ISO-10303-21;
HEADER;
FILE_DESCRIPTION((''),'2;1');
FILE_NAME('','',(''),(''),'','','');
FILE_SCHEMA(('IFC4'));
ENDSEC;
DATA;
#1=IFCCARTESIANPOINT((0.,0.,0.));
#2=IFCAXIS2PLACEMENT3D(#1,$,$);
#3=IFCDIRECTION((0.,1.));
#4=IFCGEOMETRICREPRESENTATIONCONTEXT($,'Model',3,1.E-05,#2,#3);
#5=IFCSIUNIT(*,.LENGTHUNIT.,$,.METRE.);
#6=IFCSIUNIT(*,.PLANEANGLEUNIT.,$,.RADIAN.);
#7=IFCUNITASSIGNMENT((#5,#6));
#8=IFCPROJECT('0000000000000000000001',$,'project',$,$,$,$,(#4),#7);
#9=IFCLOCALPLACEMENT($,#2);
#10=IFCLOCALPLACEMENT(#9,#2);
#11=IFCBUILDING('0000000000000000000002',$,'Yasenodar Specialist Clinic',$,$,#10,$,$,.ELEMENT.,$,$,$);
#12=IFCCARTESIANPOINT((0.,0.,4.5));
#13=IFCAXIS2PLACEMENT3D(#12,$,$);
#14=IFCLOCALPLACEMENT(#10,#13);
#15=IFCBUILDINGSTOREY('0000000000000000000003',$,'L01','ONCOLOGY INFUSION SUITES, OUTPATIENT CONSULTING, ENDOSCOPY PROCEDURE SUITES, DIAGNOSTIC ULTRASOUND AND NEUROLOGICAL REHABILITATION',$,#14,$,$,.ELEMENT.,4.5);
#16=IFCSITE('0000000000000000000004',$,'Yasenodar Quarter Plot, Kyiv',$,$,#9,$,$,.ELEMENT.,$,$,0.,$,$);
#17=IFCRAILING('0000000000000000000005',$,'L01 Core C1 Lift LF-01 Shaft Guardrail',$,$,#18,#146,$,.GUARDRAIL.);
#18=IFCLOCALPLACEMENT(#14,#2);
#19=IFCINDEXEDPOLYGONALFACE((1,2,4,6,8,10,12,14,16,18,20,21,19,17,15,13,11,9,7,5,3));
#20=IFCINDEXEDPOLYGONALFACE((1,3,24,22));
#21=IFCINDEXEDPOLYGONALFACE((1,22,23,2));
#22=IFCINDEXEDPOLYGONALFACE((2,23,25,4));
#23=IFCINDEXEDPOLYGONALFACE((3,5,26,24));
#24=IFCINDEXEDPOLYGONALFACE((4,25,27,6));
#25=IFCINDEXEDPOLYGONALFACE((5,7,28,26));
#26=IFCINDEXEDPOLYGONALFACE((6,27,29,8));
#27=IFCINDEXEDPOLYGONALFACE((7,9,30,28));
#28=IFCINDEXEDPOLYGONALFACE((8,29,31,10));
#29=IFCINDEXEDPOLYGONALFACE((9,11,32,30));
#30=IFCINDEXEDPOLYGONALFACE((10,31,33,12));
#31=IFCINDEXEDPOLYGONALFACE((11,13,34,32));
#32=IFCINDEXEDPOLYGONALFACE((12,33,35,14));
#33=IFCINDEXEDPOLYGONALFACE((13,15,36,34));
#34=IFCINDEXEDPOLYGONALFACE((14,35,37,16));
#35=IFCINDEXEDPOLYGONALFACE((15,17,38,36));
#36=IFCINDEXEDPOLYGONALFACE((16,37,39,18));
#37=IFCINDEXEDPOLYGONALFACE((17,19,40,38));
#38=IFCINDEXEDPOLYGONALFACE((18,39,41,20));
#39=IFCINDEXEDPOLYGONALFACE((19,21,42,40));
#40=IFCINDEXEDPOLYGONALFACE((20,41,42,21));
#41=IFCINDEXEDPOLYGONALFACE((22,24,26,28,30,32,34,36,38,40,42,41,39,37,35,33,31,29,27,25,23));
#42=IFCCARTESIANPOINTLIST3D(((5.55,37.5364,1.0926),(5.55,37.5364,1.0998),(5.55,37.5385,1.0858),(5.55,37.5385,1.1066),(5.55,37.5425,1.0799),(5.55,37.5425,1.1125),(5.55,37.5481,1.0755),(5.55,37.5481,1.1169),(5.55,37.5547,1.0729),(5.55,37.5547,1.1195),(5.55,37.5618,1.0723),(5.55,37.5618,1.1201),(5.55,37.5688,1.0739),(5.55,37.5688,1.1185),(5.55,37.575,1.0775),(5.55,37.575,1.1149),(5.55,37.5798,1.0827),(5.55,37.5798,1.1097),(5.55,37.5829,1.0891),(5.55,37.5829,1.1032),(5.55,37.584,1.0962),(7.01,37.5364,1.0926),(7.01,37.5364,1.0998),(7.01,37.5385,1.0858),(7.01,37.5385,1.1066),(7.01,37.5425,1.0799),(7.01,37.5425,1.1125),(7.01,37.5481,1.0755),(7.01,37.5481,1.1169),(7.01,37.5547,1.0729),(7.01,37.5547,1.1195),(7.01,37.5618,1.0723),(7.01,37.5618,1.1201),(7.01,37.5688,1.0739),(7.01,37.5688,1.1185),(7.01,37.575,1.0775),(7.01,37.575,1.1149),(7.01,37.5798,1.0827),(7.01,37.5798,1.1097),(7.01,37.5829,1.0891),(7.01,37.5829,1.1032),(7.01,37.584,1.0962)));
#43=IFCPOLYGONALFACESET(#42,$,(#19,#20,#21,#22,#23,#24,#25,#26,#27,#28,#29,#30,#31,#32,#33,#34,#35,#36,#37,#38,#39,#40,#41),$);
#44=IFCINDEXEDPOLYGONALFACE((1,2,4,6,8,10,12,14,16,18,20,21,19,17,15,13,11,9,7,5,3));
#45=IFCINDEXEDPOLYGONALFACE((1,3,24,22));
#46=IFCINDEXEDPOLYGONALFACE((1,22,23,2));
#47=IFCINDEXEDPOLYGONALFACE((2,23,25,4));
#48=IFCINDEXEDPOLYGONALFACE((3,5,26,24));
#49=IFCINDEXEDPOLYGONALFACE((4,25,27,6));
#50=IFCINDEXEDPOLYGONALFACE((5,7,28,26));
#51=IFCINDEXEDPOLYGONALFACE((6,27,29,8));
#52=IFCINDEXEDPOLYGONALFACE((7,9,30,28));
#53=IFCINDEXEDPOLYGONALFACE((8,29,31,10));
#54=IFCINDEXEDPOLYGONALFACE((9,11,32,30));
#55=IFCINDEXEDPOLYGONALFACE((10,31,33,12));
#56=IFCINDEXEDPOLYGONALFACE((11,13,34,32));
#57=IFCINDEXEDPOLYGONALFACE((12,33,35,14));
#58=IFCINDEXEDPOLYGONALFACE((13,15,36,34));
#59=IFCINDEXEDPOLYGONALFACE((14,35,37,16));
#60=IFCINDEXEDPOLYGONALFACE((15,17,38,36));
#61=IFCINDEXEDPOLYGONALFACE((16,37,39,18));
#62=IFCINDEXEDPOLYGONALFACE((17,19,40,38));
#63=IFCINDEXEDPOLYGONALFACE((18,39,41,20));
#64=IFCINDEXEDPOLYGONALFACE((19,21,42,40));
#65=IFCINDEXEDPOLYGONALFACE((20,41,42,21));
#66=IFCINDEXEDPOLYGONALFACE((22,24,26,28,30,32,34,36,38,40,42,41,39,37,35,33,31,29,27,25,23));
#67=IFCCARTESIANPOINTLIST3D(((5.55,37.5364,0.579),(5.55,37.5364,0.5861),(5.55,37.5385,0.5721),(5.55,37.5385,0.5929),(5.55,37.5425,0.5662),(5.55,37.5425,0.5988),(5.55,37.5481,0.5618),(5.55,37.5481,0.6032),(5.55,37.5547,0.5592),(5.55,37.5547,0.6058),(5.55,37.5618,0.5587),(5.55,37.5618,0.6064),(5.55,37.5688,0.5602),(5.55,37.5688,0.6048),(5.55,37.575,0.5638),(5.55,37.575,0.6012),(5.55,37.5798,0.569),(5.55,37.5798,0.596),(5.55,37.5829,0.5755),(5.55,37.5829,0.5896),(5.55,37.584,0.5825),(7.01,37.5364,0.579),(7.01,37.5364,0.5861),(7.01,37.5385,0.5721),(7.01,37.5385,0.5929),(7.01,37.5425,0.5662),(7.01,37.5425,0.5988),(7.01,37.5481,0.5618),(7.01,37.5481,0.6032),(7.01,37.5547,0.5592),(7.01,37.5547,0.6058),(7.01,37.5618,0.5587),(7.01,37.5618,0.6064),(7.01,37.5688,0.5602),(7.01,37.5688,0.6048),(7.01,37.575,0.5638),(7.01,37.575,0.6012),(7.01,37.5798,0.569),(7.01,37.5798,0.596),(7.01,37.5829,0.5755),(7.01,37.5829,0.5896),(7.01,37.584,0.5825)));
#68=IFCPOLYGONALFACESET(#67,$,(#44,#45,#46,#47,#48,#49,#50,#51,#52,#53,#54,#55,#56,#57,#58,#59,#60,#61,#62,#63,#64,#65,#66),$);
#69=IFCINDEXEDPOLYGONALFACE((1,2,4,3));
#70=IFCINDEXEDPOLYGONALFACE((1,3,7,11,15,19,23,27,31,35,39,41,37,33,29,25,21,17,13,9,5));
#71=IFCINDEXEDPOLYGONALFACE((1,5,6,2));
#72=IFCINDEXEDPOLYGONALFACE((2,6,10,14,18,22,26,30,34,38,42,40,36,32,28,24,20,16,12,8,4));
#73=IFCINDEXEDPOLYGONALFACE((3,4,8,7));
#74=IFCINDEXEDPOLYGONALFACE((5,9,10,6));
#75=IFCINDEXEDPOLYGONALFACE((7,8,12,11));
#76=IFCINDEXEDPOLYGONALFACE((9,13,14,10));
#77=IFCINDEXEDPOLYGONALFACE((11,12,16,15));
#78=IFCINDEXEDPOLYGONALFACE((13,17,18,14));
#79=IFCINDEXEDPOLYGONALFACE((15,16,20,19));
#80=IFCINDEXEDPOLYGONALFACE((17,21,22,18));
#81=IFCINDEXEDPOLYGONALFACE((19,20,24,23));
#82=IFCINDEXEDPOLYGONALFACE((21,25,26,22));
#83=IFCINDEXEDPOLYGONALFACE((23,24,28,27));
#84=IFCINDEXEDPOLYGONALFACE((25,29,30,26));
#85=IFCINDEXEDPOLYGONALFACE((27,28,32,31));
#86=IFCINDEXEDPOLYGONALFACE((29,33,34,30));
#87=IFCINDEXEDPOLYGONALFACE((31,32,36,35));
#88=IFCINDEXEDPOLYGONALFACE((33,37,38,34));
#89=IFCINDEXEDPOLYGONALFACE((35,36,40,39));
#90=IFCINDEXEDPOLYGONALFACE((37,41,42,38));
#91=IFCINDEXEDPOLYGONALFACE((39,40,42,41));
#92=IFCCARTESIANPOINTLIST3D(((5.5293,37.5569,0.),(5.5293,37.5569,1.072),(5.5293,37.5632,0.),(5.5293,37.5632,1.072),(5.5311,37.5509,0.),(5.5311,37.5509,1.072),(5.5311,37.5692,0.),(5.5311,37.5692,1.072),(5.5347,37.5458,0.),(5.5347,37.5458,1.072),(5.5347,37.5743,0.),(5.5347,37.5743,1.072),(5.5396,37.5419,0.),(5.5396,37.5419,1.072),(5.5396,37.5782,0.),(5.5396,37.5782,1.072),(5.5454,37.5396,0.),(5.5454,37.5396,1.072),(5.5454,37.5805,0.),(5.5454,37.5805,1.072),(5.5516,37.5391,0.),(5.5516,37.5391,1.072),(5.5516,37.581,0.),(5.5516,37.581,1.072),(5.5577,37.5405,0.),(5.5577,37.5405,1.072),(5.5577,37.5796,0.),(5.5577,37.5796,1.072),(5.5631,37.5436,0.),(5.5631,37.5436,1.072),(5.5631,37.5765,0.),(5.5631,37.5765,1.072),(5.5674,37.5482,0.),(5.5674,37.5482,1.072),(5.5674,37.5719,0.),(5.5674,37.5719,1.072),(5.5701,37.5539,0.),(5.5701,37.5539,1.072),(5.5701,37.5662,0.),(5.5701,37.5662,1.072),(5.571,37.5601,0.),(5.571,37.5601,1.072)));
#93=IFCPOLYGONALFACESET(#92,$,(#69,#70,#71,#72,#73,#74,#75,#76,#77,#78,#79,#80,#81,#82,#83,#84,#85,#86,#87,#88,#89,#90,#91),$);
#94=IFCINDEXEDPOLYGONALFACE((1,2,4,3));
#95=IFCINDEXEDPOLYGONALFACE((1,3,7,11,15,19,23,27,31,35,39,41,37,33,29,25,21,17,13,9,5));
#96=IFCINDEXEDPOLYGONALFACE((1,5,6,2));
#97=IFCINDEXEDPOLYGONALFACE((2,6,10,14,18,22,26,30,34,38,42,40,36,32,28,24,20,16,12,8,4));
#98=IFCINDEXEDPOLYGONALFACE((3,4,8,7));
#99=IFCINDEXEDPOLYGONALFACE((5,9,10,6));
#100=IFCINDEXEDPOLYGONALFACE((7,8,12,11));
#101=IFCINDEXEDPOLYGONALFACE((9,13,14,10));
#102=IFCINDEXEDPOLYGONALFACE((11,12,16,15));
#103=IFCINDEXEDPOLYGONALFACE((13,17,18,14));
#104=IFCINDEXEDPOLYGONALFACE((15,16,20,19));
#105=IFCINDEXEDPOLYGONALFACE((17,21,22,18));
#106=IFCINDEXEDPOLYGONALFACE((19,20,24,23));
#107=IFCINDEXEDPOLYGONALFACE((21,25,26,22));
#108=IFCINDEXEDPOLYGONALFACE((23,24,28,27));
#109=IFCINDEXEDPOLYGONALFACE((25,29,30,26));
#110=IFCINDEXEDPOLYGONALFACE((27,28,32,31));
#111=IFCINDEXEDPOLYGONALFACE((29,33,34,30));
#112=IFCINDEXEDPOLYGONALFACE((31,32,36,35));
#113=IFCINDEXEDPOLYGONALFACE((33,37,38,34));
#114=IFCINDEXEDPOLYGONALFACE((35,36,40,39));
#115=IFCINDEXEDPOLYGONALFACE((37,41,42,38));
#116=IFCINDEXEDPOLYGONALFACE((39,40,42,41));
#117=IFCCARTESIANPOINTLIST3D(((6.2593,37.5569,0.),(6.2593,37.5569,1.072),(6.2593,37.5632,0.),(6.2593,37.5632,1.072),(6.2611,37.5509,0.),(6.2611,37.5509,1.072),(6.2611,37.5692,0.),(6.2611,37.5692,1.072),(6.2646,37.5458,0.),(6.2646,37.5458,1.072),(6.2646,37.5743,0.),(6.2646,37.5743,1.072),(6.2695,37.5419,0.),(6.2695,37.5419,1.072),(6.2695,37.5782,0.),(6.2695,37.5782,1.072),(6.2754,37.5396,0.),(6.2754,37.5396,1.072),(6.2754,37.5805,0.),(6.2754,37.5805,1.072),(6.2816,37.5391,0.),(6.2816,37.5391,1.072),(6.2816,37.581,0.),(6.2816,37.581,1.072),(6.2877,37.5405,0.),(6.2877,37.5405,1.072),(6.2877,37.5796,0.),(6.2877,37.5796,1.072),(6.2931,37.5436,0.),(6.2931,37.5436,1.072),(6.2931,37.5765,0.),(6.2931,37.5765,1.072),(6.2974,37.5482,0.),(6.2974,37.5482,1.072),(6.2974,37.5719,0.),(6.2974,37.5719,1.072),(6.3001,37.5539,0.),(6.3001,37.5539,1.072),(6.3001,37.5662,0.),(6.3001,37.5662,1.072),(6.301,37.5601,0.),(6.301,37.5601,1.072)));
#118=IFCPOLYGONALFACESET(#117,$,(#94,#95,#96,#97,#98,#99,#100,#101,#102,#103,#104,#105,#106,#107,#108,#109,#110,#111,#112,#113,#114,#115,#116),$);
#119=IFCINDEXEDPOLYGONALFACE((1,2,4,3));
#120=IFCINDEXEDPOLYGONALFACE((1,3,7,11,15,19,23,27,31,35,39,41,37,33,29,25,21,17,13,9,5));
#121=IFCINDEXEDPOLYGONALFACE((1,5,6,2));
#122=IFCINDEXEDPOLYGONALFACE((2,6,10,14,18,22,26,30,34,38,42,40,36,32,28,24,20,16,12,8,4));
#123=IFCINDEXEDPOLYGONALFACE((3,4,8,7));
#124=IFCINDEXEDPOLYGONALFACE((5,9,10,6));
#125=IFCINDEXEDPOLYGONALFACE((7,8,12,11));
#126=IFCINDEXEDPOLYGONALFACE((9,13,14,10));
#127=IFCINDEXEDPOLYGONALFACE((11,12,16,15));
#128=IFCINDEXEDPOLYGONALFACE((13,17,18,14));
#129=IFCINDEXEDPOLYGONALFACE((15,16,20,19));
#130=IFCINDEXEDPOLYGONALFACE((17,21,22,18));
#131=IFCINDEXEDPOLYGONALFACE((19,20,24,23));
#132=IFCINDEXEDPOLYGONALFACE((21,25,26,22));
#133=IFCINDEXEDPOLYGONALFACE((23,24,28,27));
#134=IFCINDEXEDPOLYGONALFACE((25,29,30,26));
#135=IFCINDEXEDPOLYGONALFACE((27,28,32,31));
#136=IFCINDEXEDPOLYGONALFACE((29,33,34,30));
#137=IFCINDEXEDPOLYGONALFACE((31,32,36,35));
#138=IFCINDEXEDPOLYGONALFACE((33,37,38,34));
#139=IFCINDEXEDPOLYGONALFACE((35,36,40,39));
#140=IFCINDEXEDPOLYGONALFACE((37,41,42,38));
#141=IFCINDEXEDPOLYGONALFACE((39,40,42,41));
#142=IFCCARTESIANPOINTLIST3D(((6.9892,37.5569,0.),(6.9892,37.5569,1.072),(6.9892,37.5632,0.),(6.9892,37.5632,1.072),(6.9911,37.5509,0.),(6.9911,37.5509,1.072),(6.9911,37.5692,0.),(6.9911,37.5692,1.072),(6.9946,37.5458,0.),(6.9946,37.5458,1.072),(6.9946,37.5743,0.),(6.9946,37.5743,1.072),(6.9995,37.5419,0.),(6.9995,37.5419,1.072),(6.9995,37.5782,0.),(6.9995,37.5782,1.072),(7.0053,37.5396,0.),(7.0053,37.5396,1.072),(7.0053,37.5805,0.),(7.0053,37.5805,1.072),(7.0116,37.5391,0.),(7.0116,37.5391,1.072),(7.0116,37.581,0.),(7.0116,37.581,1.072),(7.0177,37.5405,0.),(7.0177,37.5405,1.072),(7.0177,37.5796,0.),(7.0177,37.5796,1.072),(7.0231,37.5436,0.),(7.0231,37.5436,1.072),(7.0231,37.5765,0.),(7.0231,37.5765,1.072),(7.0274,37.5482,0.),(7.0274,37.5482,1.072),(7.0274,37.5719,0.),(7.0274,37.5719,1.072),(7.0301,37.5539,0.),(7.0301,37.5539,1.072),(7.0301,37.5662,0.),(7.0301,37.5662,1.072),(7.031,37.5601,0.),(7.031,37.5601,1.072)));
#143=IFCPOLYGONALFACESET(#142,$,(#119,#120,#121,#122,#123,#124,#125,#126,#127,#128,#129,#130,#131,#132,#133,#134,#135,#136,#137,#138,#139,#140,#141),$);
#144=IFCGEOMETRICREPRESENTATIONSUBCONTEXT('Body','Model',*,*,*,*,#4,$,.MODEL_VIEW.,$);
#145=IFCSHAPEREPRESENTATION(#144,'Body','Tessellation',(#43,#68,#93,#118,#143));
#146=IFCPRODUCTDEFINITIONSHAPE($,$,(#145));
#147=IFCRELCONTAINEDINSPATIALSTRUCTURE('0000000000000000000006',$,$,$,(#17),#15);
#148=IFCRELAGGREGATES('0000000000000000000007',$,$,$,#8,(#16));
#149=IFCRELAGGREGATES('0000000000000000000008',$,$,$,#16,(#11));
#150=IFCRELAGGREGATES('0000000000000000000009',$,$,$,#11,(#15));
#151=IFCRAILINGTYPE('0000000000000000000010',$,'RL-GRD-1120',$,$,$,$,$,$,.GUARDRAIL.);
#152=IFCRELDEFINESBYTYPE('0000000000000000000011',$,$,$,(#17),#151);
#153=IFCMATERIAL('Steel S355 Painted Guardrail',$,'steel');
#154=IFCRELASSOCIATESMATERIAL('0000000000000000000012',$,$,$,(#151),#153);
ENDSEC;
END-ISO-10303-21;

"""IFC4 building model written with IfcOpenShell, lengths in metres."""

from ifc_helpers import new_model, si_unit, direction, frame, origin, origin_2d, place, context, subcontext, project, spatial, circle, extrude, material, type_object, element, save


model = new_model("IFC4")

# Units and contexts
model_context = context("Model", 3, precision=1e-05, world=origin(), true_north=direction((0.0, 1.0)))
body_context = subcontext(model_context, "Body", "Model", "MODEL_VIEW")
ifc_project = project(units=[si_unit("LENGTHUNIT", "METRE"), si_unit("PLANEANGLEUNIT", "RADIAN")], contexts=[model_context])

# Site, building, storey
site_placement = place(None, origin())
site = spatial("IfcSite", under=ifc_project, at=site_placement, Name="Yasenodar Quarter Plot, Kyiv", CompositionType="ELEMENT", RefElevation=0.0)
building_placement = place(site_placement, origin())
building = spatial("IfcBuilding", under=site, at=building_placement, Name="Yasenodar Specialist Clinic", CompositionType="ELEMENT")
storey_placement = place(building_placement, frame((0.0, 0.0, 4.5)))
storey = spatial("IfcBuildingStorey", under=building, at=storey_placement, Name="L01", Description="ONCOLOGY INFUSION SUITES, OUTPATIENT CONSULTING, ENDOSCOPY PROCEDURE SUITES, DIAGNOSTIC ULTRASOUND AND NEUROLOGICAL REHABILITATION", CompositionType="ELEMENT", Elevation=4.5)

# Railing
ifc_material_1 = material(Name="Steel S355 Painted Guardrail", Category="steel")
railing_type_1 = type_object("IfcRailingType", Name="RL-GRD-1120", PredefinedType="GUARDRAIL", material=ifc_material_1)
railing_1_placement = place(storey_placement, frame((5.55, 37.5601, 0.0)))
element("IfcRailing", 1, at=railing_1_placement, inside=storey, type_object=railing_type_1, Name="L01 Core C1 Lift LF-01 Shaft Guardrail", PredefinedType="GUARDRAIL", context=body_context, shape_type="SweptSolid", body=[
    extrude(circle(Radius=0.0239, at=origin_2d()), frame((0.0, 0.0, 1.0962), z_axis=(1.0, 0.0, 0.0), x_axis=(0.0, 1.0, 0.0)), (0.0, 0.0, 1.0), 1.46),
    extrude(circle(Radius=0.0239, at=origin_2d()), frame((0.0, 0.0, 0.5825), z_axis=(1.0, 0.0, 0.0), x_axis=(0.0, 1.0, 0.0)), (0.0, 0.0, 1.0), 1.46),
    extrude(circle(Radius=0.021, at=origin_2d()), origin(), (0.0, 0.0, 1.0), 1.072),
    extrude(circle(Radius=0.021, at=origin_2d()), frame((0.73, 0.0, 0.0)), (0.0, 0.0, 1.0), 1.072),
    extrude(circle(Radius=0.021, at=origin_2d()), frame((1.46, 0.0, 0.0)), (0.0, 0.0, 1.0), 1.072),
])

save(model, "model.ifc")
